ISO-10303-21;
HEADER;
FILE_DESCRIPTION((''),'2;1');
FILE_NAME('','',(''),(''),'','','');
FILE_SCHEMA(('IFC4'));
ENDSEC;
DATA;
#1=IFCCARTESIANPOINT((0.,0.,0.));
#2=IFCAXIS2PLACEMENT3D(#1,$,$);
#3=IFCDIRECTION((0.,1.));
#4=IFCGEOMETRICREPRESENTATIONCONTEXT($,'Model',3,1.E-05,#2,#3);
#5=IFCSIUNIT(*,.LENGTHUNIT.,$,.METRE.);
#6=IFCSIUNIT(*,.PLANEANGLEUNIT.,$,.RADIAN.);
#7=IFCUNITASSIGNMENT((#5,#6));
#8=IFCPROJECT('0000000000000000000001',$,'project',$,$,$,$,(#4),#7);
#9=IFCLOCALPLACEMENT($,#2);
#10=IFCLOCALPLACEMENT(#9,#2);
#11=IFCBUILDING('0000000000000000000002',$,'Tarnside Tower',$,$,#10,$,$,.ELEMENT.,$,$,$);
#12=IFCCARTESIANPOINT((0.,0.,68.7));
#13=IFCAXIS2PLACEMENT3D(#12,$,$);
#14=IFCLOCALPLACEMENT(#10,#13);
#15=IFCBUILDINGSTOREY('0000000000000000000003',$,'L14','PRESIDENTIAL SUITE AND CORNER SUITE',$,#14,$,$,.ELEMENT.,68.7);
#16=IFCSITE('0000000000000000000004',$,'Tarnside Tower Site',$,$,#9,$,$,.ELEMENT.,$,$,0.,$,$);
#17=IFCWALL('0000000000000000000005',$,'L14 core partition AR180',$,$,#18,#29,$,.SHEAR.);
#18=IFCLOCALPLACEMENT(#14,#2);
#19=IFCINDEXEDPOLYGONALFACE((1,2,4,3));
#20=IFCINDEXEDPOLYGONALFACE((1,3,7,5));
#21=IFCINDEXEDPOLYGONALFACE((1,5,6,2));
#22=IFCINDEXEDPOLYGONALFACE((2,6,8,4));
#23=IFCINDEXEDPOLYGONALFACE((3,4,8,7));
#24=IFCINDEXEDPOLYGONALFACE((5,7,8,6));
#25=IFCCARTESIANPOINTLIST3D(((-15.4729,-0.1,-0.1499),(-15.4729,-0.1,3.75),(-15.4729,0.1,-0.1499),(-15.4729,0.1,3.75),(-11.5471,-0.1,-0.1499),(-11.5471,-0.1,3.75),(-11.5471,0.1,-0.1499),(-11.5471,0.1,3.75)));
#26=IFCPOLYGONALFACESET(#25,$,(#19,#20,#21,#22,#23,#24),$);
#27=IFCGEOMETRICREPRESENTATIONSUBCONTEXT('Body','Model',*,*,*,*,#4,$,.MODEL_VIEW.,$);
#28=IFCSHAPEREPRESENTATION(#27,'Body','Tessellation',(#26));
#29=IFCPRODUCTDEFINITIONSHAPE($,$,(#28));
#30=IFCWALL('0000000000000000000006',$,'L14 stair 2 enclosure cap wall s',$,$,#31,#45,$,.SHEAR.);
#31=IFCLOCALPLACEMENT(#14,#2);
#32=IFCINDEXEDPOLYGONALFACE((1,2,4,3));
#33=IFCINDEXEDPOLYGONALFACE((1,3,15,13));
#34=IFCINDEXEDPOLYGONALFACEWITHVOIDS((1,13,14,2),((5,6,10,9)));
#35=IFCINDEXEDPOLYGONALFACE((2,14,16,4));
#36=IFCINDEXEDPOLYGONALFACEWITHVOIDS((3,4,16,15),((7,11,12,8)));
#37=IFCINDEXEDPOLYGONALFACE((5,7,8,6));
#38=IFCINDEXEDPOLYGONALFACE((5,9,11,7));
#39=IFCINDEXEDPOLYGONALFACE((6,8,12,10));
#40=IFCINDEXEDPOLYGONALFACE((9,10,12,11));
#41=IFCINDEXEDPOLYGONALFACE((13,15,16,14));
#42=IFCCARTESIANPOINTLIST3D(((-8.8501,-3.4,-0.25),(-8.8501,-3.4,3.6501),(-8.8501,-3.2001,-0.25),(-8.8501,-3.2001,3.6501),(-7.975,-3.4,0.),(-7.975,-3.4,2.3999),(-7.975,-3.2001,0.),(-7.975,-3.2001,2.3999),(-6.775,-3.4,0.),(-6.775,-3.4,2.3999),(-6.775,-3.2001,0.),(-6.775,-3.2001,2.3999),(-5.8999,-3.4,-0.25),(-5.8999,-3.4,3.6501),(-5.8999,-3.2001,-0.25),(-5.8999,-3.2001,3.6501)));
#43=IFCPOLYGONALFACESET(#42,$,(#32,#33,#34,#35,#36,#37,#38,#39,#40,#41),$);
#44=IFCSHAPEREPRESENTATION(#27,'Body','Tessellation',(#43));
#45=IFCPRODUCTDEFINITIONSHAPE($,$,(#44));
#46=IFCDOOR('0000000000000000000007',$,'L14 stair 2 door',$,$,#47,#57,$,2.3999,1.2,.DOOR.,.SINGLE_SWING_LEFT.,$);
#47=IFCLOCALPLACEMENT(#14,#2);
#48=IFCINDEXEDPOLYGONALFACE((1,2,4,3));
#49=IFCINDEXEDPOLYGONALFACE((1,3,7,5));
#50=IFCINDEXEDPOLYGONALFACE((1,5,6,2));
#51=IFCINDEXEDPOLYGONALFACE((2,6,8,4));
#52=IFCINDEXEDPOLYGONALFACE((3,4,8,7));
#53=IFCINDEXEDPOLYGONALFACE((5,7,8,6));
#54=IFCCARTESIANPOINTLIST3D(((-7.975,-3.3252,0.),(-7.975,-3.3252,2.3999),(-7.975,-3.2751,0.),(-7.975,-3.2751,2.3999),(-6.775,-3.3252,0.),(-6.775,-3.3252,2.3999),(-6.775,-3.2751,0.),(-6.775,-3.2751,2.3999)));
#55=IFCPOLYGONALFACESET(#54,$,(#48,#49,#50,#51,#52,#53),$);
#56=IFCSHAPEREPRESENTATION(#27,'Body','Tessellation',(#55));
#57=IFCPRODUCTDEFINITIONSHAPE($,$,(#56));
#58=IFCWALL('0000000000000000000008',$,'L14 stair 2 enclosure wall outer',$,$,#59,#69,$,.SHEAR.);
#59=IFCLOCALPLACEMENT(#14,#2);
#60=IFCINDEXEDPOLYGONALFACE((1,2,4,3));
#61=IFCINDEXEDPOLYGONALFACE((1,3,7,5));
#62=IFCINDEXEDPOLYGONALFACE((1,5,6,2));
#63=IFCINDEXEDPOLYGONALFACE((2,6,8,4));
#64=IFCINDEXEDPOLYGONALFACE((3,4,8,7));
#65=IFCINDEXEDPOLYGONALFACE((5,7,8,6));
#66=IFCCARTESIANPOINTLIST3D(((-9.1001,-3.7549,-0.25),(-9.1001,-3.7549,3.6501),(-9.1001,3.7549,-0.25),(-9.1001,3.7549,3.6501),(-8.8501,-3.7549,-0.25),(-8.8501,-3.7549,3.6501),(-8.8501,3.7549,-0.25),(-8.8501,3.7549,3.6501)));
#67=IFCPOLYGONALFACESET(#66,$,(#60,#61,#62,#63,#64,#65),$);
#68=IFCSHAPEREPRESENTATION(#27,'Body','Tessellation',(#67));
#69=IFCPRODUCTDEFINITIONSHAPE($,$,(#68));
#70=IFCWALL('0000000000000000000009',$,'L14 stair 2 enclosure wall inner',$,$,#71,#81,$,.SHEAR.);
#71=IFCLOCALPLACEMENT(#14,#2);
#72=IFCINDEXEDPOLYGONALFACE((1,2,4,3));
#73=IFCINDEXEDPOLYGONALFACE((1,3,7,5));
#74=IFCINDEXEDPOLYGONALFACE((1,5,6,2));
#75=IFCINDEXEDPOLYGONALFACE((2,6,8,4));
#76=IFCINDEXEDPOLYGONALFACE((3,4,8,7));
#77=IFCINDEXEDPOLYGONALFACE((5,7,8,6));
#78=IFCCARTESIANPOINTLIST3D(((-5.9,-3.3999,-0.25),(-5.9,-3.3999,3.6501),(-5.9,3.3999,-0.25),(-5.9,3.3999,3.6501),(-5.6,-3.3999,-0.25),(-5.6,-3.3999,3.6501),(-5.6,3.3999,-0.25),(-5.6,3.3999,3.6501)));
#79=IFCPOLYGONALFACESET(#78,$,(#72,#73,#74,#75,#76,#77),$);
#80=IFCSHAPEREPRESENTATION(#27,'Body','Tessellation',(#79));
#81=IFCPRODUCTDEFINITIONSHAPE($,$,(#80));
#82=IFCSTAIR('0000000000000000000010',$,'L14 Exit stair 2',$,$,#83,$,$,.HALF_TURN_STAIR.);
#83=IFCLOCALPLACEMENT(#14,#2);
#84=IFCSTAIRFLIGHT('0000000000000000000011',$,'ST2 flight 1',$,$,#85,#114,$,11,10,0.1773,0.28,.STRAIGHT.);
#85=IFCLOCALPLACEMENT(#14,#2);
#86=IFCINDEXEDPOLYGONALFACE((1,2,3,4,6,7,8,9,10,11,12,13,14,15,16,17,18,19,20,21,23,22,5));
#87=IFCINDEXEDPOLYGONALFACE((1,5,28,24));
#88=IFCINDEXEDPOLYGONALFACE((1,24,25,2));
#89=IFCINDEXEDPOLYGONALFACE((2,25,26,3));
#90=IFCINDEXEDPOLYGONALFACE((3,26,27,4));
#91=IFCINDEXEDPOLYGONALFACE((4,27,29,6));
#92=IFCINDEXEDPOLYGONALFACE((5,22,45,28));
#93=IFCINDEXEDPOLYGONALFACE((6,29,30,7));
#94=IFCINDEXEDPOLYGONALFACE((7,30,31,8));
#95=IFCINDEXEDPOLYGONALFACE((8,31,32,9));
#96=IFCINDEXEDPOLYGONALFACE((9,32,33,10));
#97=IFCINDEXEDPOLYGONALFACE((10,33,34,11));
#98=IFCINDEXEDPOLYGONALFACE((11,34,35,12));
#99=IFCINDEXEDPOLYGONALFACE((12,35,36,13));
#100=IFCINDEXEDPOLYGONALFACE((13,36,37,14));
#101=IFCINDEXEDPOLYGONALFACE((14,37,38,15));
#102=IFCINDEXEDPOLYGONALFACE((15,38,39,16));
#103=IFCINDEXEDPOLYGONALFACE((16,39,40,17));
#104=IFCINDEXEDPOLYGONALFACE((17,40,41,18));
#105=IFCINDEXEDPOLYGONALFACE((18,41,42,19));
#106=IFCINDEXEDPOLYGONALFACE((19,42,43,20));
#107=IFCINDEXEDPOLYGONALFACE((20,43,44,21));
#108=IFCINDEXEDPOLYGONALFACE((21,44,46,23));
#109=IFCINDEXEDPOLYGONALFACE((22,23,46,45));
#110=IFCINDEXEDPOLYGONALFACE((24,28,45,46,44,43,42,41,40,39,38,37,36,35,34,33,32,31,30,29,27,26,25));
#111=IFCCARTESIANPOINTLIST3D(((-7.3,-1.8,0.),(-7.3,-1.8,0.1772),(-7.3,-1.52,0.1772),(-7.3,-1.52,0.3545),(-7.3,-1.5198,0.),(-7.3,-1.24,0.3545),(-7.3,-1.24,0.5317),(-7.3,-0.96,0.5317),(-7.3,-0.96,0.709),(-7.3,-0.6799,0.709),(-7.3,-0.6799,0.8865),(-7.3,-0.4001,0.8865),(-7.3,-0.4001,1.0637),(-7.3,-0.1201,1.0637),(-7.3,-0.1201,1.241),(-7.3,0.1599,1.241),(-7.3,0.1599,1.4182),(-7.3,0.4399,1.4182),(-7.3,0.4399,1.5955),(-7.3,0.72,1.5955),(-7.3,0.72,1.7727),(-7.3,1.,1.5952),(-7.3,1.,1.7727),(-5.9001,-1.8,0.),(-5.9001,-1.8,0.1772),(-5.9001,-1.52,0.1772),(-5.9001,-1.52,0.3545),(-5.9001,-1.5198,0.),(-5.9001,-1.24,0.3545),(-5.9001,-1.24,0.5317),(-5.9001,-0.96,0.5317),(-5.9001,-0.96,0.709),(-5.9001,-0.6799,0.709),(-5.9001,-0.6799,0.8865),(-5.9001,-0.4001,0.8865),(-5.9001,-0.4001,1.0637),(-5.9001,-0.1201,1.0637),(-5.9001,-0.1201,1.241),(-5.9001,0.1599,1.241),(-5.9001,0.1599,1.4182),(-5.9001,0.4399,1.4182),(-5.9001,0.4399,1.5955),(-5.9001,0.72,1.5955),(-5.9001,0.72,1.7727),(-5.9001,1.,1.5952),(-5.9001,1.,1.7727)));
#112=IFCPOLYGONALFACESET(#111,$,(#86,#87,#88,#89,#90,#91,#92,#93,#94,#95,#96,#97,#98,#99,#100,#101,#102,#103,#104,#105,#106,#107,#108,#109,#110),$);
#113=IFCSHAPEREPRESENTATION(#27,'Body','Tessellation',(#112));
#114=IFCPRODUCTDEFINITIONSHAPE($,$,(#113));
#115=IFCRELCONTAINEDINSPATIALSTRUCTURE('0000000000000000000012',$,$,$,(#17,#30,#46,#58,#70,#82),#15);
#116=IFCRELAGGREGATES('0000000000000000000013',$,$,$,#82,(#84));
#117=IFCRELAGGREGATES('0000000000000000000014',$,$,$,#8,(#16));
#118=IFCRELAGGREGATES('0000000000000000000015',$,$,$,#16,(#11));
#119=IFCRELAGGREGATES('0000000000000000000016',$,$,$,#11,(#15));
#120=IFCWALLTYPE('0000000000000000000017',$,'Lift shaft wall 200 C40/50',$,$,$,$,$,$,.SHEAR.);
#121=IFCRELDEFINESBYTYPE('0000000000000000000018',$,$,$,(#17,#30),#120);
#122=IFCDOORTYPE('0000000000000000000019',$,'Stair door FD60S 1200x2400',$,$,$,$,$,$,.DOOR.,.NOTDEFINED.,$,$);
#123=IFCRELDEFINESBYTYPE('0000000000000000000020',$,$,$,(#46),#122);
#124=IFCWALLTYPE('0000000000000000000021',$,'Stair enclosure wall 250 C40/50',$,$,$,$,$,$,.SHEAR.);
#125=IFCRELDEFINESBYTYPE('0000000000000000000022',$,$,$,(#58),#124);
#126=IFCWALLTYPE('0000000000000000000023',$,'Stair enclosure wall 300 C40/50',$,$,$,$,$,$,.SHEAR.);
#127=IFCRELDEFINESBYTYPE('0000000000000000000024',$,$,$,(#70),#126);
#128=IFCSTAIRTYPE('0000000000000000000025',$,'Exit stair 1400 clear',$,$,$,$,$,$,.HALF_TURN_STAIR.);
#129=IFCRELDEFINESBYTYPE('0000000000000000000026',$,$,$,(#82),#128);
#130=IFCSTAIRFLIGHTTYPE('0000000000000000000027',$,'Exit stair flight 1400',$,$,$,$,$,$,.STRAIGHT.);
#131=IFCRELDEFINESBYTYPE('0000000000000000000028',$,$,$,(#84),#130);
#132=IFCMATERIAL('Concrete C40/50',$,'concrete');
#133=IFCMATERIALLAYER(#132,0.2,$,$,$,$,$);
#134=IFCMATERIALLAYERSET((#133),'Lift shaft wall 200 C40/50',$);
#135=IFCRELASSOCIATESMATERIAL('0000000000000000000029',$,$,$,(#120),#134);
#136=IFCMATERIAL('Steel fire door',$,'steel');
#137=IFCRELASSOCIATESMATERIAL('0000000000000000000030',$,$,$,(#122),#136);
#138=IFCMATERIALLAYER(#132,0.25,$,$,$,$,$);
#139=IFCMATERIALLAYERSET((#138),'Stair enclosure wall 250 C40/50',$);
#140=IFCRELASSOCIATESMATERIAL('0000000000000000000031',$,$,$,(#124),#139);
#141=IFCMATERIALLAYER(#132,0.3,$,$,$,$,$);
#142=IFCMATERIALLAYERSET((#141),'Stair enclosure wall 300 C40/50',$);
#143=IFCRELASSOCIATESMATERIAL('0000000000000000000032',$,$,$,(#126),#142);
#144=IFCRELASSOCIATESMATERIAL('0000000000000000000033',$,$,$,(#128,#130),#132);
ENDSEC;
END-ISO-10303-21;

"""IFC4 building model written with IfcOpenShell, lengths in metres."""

from ifc_helpers import new_model, si_unit, direction, frame, frame_2d, origin, place, context, subcontext, project, spatial, polyline, rectangle, outline, extrude, material, layer, layer_set, type_object, element, fill, aggregate, save


model = new_model("IFC4")

# Units and contexts
model_context = context("Model", 3, precision=1e-05, world=origin(), true_north=direction((0.0, 1.0)))
body_context = subcontext(model_context, "Body", "Model", "MODEL_VIEW")
ifc_project = project(units=[si_unit("LENGTHUNIT", "METRE"), si_unit("PLANEANGLEUNIT", "RADIAN")], contexts=[model_context])

# Site, building, storey
site_placement = place(None, origin())
site = spatial("IfcSite", under=ifc_project, at=site_placement, Name="Tarnside Tower Site", CompositionType="ELEMENT", RefElevation=0.0)
building_placement = place(site_placement, origin())
building = spatial("IfcBuilding", under=site, at=building_placement, Name="Tarnside Tower", CompositionType="ELEMENT")
storey_placement = place(building_placement, frame((0.0, 0.0, 68.7)))
storey = spatial("IfcBuildingStorey", under=building, at=storey_placement, Name="L14", Description="PRESIDENTIAL SUITE AND CORNER SUITE", CompositionType="ELEMENT", Elevation=68.7)

# Shared definitions
ifc_material_1 = material(Name="Steel fire door", Category="steel")

# Wall
ifc_material_2 = material(Name="Concrete C40/50", Category="concrete")
ifc_layer_1 = layer(ifc_material_2, 0.2)
ifc_layer_set_1 = layer_set([ifc_layer_1], Name="Lift shaft wall 200 C40/50")
wall_type_1 = type_object("IfcWallType", Name="Lift shaft wall 200 C40/50", PredefinedType="SHEAR", material=ifc_layer_set_1)
wall_1_placement = place(storey_placement, frame((-11.5471, 0.0, -0.1499), z_axis=(0.0, 0.0, 1.0), x_axis=(-1.0, 0.0, 0.0)))
element("IfcWall", 1, at=wall_1_placement, inside=storey, type_object=wall_type_1, Name="L14 core partition AR180", PredefinedType="SHEAR", context=body_context, shape_type="SweptSolid", body=[
    extrude(rectangle(XDim=3.9258, YDim=0.2, at=frame_2d((1.9629, 0.0))), origin(), (0.0, 0.0, 1.0), 3.8999),
])

# Wall, opening, door
wall_2_placement = place(storey_placement, frame((-8.8501, -3.3, -0.25), z_axis=(0.0, 0.0, 1.0), x_axis=(1.0, 0.0, 0.0)))
wall_2 = element("IfcWall", 2, at=wall_2_placement, inside=storey, type_object=wall_type_1, Name="L14 stair 2 enclosure cap wall s", PredefinedType="SHEAR", context=body_context, shape_type="SweptSolid", body=[
    extrude(rectangle(XDim=2.9502, YDim=0.2, at=frame_2d((1.4751, 0.0))), origin(), (0.0, 0.0, 1.0), 3.9001),
])
opening_1_placement = place(wall_2_placement, frame((0.875, 0.0, 0.25)))
opening_1 = element("IfcOpeningElement", 3, at=opening_1_placement, cuts=wall_2, PredefinedType="OPENING", context=body_context, shape_type="SweptSolid", body=[
    extrude(rectangle(XDim=1.2, YDim=2.3999, at=frame_2d((0.6001, 1.2))), frame((0.0, 0.1099, 0.0), z_axis=(0.0, -1.0, 0.0), x_axis=(1.0, 0.0, 0.0)), (0.0, 0.0, 1.0), 0.22),
])
door_type_1 = type_object("IfcDoorType", Name="Stair door FD60S 1200x2400", OperationType="NOTDEFINED", PredefinedType="DOOR", material=ifc_material_1)
door_1_placement = place(opening_1_placement, origin())
door_1 = element("IfcDoor", 4, at=door_1_placement, inside=storey, type_object=door_type_1, Name="L14 stair 2 door", OperationType="SINGLE_SWING_LEFT", OverallHeight=2.3999, OverallWidth=1.2, PredefinedType="DOOR", context=body_context, shape_type="SweptSolid", body=[
    extrude(rectangle(XDim=1.2, YDim=2.3999, at=frame_2d((0.6001, 1.2))), frame((0.0, 0.0249, 0.0), z_axis=(0.0, -1.0, 0.0), x_axis=(1.0, 0.0, 0.0)), (0.0, 0.0, 1.0), 0.05),
])
fill(opening_1, door_1)

# Walls
ifc_layer_2 = layer(ifc_material_2, 0.25)
ifc_layer_set_2 = layer_set([ifc_layer_2], Name="Stair enclosure wall 250 C40/50")
wall_type_2 = type_object("IfcWallType", Name="Stair enclosure wall 250 C40/50", PredefinedType="SHEAR", material=ifc_layer_set_2)
wall_3_placement = place(storey_placement, frame((-8.9751, -3.7549, -0.25), z_axis=(0.0, 0.0, 1.0), x_axis=(0.0, 1.0, 0.0)))
element("IfcWall", 5, at=wall_3_placement, inside=storey, type_object=wall_type_2, Name="L14 stair 2 enclosure wall outer", PredefinedType="SHEAR", context=body_context, shape_type="SweptSolid", body=[
    extrude(rectangle(XDim=7.5098, YDim=0.25, at=frame_2d((3.7549, 0.0))), origin(), (0.0, 0.0, 1.0), 3.9001),
])
ifc_layer_3 = layer(ifc_material_2, 0.3)
ifc_layer_set_3 = layer_set([ifc_layer_3], Name="Stair enclosure wall 300 C40/50")
wall_type_3 = type_object("IfcWallType", Name="Stair enclosure wall 300 C40/50", PredefinedType="SHEAR", material=ifc_layer_set_3)
wall_4_placement = place(storey_placement, frame((-5.75, -3.3999, -0.25), z_axis=(0.0, 0.0, 1.0), x_axis=(0.0, 1.0, 0.0)))
element("IfcWall", 6, at=wall_4_placement, inside=storey, type_object=wall_type_3, Name="L14 stair 2 enclosure wall inner", PredefinedType="SHEAR", context=body_context, shape_type="SweptSolid", body=[
    extrude(rectangle(XDim=6.7998, YDim=0.3, at=frame_2d((3.3999, 0.0))), origin(), (0.0, 0.0, 1.0), 3.9001),
])

# Stair, stair flight
stair_type = type_object("IfcStairType", Name="Exit stair 1400 clear", PredefinedType="HALF_TURN_STAIR", material=ifc_material_2)
stair_placement = place(storey_placement, origin())
stair = element("IfcStair", 7, at=stair_placement, inside=storey, type_object=stair_type, Name="L14 Exit stair 2", PredefinedType="HALF_TURN_STAIR")
stair_flight_type = type_object("IfcStairFlightType", Name="Exit stair flight 1400", PredefinedType="STRAIGHT", material=ifc_material_2)
stair_flight_placement = place(storey_placement, frame((-6.6001, -1.8, 0.0), z_axis=(0.0, 0.0, 1.0), x_axis=(0.0, 1.0, 0.0)))
stair_flight = element("IfcStairFlight", 8, at=stair_flight_placement, type_object=stair_flight_type, Name="ST2 flight 1", NumberOfRisers=11, NumberOfTreads=10, PredefinedType="STRAIGHT", RiserHeight=0.1773, TreadLength=0.28, context=body_context, shape_type="SweptSolid", body=[
    extrude(outline(polyline([(0.0, 0.0), (0.0, 0.1772), (0.28, 0.1772), (0.28, 0.3545), (0.5601, 0.3545), (0.5601, 0.5317), (0.8401, 0.5317), (0.8401, 0.709), (1.1201, 0.709), (1.1201, 0.8865), (1.3999, 0.8865), (1.3999, 1.0637), (1.6799, 1.0637), (1.6799, 1.241), (1.96, 1.241), (1.96, 1.4182), (2.24, 1.4182), (2.24, 1.5955), (2.52, 1.5955), (2.52, 1.7727), (2.8, 1.7727), (2.8, 1.95), (2.8, 1.5952), (0.2803, 0.0), (0.0, 0.0)])), frame((0.0, 0.7, 0.0), z_axis=(0.0, -1.0, 0.0), x_axis=(1.0, 0.0, 0.0)), (0.0, 0.0, 1.0), 1.3999),
])
aggregate(stair, [stair_flight])

save(model, "model.ifc")
